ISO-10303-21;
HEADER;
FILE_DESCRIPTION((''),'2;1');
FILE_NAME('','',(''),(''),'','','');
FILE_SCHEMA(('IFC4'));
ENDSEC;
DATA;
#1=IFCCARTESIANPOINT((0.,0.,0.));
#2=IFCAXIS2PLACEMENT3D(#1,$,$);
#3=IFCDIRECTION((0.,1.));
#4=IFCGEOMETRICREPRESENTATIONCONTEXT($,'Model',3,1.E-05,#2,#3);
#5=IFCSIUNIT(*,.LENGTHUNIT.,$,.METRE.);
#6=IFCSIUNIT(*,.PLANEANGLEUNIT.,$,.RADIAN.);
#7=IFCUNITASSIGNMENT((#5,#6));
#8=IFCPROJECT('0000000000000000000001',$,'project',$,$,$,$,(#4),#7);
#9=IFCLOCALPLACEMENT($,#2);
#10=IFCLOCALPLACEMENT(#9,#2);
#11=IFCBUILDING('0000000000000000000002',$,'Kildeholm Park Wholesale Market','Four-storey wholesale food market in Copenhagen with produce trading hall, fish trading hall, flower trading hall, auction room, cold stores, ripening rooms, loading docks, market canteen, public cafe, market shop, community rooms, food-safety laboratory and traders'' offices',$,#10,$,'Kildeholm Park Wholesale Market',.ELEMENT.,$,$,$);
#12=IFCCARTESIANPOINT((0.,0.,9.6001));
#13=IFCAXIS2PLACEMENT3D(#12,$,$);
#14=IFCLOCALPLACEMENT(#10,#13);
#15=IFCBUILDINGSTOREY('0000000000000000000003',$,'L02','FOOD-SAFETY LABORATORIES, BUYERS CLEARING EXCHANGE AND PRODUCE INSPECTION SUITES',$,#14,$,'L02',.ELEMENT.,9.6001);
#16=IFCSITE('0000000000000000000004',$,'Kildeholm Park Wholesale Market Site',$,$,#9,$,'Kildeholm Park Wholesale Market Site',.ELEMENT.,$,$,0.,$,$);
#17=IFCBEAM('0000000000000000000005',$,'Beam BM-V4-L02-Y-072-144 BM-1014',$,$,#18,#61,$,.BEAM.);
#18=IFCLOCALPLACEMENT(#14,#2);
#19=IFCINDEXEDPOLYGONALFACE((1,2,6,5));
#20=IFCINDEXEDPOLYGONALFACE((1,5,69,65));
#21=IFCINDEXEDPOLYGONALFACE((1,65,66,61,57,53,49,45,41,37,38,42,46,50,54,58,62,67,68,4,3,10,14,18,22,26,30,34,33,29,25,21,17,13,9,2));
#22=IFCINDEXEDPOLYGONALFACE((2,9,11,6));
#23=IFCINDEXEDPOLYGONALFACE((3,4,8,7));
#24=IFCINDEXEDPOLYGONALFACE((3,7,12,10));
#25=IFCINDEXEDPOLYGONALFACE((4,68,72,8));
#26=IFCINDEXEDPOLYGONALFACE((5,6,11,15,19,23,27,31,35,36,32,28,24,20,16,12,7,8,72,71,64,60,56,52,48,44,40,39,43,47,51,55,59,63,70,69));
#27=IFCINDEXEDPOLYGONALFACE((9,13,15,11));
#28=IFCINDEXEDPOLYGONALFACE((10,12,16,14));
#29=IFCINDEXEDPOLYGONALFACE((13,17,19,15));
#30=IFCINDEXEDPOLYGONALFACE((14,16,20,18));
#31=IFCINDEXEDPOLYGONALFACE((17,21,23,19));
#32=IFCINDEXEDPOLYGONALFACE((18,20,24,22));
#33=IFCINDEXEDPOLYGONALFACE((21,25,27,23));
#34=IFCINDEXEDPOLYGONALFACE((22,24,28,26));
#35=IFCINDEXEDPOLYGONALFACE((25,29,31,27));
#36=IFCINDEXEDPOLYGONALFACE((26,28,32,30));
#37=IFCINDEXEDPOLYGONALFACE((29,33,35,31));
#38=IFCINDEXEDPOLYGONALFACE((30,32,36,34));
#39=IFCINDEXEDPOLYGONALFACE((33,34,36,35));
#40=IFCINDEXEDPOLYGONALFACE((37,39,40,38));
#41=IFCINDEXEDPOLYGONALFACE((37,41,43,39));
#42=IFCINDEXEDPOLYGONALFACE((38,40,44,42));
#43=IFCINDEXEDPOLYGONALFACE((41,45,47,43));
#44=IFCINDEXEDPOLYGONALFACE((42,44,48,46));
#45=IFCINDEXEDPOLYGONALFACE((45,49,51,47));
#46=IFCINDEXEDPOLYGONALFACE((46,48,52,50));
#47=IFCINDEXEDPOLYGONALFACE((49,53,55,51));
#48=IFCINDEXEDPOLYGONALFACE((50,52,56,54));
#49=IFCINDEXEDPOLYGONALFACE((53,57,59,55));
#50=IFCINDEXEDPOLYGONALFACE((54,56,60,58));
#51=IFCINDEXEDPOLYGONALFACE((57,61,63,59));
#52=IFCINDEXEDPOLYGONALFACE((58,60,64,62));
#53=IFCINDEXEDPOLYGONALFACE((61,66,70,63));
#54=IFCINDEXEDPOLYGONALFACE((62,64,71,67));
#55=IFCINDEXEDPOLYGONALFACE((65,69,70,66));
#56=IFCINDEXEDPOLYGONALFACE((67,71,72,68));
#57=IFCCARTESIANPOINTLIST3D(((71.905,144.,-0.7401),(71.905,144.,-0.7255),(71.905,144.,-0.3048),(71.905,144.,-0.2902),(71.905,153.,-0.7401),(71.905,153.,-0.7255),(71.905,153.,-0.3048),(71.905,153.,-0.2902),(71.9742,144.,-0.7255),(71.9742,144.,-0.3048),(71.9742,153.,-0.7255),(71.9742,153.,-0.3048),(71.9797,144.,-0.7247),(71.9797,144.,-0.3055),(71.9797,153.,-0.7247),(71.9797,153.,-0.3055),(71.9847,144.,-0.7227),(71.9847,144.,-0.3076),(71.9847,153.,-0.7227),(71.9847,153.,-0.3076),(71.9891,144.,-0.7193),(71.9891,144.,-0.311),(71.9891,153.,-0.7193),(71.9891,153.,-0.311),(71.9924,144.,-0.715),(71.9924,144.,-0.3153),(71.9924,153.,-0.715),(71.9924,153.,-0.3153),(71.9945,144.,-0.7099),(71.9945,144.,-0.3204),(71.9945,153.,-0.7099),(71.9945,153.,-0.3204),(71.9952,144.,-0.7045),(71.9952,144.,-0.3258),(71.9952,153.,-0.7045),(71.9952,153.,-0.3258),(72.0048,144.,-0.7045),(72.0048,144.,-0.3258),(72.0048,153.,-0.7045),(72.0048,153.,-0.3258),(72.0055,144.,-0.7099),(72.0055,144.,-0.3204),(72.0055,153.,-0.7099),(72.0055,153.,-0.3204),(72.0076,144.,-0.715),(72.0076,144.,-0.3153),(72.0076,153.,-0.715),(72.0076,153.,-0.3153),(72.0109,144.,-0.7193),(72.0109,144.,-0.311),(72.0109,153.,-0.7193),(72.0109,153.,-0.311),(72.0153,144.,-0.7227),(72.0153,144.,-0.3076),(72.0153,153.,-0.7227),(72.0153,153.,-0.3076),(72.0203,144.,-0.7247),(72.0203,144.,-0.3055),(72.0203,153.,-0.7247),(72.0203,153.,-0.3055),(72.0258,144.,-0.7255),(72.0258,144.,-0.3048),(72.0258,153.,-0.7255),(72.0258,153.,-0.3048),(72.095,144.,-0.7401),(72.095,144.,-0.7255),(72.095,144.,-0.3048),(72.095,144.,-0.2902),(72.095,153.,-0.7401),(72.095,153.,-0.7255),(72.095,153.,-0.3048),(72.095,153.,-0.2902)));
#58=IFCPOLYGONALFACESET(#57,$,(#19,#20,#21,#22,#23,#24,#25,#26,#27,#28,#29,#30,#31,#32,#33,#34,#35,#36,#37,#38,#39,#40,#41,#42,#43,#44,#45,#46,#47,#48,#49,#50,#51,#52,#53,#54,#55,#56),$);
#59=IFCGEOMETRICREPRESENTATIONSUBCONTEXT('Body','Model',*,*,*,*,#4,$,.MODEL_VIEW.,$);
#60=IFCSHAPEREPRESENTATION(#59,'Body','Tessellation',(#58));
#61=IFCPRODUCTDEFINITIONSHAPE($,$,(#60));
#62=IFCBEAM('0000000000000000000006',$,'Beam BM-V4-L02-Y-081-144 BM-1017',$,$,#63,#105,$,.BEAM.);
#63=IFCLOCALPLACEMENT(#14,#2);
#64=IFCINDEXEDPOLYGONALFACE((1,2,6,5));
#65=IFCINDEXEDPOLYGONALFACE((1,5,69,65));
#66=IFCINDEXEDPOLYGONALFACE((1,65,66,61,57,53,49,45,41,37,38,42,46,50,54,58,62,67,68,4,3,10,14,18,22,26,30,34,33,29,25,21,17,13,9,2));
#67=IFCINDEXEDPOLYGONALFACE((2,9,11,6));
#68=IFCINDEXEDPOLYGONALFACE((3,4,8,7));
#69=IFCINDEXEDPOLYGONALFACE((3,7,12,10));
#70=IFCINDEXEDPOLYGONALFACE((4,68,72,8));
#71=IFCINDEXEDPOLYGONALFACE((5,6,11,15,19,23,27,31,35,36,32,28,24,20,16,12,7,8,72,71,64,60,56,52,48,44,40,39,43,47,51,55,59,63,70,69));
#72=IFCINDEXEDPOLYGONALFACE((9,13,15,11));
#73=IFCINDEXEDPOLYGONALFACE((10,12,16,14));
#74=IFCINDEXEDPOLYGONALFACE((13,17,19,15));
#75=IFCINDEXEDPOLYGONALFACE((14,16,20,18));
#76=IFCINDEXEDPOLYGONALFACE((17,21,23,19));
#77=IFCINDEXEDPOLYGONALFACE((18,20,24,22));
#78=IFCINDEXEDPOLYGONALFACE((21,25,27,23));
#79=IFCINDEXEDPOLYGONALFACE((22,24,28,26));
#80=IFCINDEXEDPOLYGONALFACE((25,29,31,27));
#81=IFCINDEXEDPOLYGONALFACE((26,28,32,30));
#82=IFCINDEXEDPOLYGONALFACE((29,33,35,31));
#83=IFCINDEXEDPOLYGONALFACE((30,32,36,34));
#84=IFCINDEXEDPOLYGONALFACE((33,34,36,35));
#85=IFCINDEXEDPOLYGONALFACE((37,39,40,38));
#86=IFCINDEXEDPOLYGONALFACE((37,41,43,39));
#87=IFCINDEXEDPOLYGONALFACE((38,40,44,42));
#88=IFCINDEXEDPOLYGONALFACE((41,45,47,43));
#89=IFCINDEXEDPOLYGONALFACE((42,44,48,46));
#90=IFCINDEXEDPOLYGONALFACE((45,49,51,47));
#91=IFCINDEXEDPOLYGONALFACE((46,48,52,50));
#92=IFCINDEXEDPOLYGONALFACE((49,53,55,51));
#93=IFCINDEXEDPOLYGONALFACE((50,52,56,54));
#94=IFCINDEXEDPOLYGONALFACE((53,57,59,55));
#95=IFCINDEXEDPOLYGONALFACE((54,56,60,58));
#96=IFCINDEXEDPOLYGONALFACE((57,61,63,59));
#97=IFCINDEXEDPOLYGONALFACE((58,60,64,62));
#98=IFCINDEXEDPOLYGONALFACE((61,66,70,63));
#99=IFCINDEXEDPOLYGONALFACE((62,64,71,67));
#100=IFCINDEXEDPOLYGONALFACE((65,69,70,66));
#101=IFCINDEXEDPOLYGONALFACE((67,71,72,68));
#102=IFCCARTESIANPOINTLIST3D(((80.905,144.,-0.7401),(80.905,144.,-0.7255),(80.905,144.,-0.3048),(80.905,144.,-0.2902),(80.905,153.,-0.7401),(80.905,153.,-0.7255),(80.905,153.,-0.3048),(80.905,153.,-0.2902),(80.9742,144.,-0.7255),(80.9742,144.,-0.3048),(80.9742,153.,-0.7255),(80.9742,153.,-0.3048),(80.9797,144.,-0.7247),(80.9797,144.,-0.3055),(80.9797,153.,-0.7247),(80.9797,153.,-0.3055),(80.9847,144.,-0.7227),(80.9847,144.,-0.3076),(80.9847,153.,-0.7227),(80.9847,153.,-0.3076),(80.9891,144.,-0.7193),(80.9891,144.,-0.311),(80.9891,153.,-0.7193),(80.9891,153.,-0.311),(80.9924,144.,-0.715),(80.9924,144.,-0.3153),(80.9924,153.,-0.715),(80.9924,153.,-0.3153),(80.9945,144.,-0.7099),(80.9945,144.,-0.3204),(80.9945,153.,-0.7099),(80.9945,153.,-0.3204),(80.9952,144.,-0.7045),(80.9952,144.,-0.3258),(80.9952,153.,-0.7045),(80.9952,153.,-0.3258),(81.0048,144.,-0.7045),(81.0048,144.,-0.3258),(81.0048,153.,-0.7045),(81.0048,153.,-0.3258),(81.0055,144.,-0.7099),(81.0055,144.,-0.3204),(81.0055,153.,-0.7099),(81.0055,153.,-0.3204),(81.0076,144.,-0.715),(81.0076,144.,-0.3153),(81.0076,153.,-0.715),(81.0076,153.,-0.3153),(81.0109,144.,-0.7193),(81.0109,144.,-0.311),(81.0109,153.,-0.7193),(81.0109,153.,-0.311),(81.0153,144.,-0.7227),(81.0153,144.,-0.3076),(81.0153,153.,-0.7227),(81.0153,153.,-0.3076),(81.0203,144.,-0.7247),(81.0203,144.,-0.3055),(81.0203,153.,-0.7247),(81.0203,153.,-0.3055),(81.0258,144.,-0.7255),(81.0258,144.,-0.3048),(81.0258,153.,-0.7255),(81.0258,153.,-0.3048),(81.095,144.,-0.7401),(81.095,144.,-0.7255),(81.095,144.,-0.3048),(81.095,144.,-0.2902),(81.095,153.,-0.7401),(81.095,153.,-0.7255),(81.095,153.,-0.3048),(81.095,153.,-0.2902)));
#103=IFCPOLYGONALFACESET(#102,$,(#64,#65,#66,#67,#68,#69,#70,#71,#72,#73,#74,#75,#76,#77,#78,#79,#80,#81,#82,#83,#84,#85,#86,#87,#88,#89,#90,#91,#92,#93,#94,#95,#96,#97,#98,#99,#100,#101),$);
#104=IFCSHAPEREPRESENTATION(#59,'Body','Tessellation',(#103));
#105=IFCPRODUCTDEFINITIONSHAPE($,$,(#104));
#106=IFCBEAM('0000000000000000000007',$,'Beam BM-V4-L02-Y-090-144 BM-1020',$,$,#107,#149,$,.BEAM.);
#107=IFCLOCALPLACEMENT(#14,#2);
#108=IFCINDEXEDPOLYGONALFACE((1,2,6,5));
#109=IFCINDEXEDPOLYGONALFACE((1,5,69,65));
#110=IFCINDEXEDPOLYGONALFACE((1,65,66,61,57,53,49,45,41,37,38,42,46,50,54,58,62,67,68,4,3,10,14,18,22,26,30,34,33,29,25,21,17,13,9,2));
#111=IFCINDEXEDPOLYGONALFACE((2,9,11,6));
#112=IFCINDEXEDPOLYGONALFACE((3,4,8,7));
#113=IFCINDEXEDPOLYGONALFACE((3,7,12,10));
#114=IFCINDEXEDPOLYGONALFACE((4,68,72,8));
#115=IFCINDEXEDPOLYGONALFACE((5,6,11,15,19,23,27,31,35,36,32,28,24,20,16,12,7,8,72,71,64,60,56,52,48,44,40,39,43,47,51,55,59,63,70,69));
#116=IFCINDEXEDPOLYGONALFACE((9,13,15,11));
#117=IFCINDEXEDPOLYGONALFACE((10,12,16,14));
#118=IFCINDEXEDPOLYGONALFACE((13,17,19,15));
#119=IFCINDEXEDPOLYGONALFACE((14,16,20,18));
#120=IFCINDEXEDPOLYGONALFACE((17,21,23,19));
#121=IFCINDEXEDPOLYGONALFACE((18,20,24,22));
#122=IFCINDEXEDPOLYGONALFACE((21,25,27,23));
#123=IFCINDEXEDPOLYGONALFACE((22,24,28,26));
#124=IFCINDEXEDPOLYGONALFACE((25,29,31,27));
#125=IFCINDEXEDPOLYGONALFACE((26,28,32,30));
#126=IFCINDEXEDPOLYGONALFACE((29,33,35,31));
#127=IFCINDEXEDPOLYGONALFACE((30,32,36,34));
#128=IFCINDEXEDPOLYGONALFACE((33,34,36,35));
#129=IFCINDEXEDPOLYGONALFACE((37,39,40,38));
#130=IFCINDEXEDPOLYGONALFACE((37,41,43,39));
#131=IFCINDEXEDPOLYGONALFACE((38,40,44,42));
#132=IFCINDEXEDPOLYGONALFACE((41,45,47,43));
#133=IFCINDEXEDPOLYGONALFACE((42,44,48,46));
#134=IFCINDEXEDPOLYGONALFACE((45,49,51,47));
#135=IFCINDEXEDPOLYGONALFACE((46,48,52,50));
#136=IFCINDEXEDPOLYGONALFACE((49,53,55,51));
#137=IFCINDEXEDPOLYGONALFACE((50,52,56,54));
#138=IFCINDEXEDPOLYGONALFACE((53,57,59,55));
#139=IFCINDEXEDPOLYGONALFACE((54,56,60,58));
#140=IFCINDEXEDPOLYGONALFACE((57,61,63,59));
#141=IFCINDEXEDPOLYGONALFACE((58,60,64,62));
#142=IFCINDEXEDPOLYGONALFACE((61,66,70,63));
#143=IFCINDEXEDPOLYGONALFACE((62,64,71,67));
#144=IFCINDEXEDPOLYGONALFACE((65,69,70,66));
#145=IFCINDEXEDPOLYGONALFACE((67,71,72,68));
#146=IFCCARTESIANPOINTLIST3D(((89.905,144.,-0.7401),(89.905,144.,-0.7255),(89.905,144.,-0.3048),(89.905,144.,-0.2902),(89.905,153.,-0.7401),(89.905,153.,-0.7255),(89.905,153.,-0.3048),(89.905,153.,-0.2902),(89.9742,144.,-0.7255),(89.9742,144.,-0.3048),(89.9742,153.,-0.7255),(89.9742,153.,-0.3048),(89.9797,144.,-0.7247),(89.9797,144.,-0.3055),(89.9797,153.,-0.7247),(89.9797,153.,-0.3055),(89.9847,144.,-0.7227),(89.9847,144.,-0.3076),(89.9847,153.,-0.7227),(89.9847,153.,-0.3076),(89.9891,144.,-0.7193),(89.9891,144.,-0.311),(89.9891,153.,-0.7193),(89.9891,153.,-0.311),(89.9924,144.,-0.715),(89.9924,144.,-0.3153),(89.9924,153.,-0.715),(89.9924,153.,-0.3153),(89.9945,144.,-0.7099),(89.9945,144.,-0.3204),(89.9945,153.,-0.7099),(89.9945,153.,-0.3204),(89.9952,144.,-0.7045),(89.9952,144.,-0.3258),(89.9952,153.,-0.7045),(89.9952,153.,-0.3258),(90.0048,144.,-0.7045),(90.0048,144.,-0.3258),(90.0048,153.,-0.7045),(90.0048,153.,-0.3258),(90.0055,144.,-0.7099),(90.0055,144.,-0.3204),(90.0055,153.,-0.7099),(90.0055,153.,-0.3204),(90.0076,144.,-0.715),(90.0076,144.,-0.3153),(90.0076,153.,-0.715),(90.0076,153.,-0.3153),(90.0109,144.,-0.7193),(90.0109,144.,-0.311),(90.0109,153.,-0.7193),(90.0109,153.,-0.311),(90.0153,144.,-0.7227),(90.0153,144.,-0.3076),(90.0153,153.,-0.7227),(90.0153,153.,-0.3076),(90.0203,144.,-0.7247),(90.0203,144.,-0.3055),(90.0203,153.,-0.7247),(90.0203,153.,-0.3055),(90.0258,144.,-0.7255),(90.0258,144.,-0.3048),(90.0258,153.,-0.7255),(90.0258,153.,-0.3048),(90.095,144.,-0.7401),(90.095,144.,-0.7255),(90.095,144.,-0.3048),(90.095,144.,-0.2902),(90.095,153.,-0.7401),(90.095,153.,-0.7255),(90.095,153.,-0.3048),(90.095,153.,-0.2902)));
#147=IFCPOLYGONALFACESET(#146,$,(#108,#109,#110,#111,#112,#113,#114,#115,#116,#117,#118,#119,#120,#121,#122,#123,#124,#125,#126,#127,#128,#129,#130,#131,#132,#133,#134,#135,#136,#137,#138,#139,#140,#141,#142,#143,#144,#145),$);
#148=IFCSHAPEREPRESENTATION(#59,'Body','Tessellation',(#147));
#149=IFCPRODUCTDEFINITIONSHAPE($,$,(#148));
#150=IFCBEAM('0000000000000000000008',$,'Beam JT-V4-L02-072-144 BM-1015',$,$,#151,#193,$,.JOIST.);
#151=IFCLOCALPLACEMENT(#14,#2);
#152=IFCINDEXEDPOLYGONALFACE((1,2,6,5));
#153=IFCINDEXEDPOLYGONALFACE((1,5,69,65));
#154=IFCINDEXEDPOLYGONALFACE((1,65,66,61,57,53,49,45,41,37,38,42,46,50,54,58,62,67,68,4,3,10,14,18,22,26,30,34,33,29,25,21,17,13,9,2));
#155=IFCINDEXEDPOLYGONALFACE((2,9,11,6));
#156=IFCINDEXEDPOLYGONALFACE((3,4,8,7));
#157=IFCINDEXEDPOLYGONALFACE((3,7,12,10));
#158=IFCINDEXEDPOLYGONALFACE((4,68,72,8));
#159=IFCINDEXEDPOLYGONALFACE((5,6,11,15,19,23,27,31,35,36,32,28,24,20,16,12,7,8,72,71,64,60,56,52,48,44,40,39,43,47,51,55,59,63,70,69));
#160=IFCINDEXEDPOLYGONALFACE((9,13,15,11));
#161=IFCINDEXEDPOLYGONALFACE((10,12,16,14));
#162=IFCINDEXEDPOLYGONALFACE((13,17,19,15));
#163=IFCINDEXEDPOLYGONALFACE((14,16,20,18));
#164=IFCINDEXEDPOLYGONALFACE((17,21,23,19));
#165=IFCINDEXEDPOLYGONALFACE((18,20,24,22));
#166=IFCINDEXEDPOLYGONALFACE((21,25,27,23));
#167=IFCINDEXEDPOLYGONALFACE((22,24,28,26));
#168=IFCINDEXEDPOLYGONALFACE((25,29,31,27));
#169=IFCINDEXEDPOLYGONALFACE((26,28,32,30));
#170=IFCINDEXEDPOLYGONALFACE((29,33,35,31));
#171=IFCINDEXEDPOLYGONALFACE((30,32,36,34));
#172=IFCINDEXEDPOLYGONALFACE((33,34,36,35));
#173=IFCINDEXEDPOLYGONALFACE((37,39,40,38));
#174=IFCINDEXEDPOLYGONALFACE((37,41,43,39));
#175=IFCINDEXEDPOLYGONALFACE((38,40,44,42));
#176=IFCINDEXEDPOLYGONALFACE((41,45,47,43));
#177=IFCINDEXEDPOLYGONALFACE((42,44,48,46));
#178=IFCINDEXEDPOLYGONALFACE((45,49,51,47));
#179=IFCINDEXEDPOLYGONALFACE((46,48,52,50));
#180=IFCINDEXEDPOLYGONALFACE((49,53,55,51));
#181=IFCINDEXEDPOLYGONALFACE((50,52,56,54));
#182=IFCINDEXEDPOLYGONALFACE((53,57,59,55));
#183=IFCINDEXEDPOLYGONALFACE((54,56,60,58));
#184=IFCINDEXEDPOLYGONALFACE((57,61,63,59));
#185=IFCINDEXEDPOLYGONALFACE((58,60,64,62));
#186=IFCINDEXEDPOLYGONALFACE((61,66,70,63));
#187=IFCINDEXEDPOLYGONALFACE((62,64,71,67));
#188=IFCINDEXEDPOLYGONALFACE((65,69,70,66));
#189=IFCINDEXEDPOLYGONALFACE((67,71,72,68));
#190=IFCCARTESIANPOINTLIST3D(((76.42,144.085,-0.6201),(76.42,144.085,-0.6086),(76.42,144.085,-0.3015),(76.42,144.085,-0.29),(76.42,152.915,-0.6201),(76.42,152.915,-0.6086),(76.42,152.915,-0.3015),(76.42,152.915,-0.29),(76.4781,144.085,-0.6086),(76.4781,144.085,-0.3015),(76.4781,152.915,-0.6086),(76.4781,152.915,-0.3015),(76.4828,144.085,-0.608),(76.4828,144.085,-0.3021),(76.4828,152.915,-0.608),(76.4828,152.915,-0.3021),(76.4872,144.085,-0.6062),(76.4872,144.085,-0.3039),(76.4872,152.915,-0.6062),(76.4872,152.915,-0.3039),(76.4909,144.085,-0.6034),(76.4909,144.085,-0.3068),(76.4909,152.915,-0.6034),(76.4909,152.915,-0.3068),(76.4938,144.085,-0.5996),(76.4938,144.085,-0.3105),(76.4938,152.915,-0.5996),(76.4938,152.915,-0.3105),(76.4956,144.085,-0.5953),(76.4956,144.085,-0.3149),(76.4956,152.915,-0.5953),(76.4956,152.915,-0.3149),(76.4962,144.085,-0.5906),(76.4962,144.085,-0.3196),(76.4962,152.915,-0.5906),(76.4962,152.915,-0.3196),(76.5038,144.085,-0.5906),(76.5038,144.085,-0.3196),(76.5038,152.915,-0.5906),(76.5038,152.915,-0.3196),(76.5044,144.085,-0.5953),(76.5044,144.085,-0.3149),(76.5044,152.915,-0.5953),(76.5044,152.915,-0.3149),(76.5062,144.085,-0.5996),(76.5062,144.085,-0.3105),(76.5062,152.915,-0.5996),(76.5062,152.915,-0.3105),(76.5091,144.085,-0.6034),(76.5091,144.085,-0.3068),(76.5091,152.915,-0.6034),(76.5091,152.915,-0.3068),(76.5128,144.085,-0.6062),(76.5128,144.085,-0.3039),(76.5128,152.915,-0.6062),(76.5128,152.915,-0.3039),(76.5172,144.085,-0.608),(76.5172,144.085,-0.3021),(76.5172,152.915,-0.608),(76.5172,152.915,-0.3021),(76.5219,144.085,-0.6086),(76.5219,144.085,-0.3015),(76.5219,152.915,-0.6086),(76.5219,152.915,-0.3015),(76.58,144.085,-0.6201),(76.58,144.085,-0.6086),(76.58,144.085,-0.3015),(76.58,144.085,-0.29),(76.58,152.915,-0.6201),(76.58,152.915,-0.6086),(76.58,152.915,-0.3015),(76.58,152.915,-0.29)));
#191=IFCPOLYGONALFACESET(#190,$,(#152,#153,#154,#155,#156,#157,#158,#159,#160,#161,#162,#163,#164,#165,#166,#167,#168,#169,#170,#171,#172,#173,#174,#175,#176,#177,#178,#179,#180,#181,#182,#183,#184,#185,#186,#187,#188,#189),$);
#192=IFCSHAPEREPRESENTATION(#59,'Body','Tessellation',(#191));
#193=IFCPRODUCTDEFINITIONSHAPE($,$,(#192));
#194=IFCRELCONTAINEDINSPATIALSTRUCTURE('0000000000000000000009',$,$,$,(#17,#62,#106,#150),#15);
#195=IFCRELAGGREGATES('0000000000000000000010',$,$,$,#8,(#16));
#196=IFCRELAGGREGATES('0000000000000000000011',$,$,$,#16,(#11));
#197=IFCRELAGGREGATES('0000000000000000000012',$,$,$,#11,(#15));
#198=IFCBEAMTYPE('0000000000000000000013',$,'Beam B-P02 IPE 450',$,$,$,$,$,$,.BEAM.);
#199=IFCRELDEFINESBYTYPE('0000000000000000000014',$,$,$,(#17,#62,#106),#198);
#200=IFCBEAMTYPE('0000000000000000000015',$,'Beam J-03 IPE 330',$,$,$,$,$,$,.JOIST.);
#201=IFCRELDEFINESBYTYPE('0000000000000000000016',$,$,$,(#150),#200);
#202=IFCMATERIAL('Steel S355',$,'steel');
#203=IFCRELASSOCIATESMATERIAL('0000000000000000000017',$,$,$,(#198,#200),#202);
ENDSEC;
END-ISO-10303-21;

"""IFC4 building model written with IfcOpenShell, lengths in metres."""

from ifc_helpers import new_model, si_unit, direction, frame, origin, origin_2d, place, context, subcontext, project, spatial, i_section, extrude, material, material_profile, profile_set, type_object, element, save


model = new_model("IFC4")

# Units and contexts
model_context = context("Model", 3, precision=1e-05, world=origin(), true_north=direction((0.0, 1.0)))
body_context = subcontext(model_context, "Body", "Model", "MODEL_VIEW")
ifc_project = project(units=[si_unit("LENGTHUNIT", "METRE"), si_unit("PLANEANGLEUNIT", "RADIAN")], contexts=[model_context])

# Site, building, storey
site_placement = place(None, origin())
site = spatial("IfcSite", under=ifc_project, at=site_placement, Name="Kildeholm Park Wholesale Market Site", LongName="Kildeholm Park Wholesale Market Site", CompositionType="ELEMENT", RefElevation=0.0)
building_placement = place(site_placement, origin())
building = spatial("IfcBuilding", under=site, at=building_placement, Name="Kildeholm Park Wholesale Market", Description="Four-storey wholesale food market in Copenhagen with produce trading hall, fish trading hall, flower trading hall, auction room, cold stores, ripening rooms, loading docks, market canteen, public cafe, market shop, community rooms, food-safety laboratory and traders' offices", LongName="Kildeholm Park Wholesale Market", CompositionType="ELEMENT")
storey_placement = place(building_placement, frame((0.0, 0.0, 9.6001)))
storey = spatial("IfcBuildingStorey", under=building, at=storey_placement, Name="L02", Description="FOOD-SAFETY LABORATORIES, BUYERS CLEARING EXCHANGE AND PRODUCE INSPECTION SUITES", LongName="L02", CompositionType="ELEMENT", Elevation=9.6001)

# Beams
ifc_material_1 = material(Name="Steel S355", Category="steel")
ifc_material_profile_1 = material_profile(ifc_material_1, i_section(OverallWidth=0.1899, OverallDepth=0.45, WebThickness=0.0095, FlangeThickness=0.0146, FilletRadius=0.021, at=origin_2d()), Name="IPE 450")
ifc_profile_set_1 = profile_set([ifc_material_profile_1], Name="Steel S355")
beam_type_1 = type_object("IfcBeamType", Name="Beam B-P02 IPE 450", PredefinedType="BEAM", material=ifc_profile_set_1)
for number, where, z_axis, x_axis, name in (
    (1, (72.0, 144.0, -0.5151), (0.0, 1.0, 0.0), (-1.0, 0.0, 0.0), "Beam BM-V4-L02-Y-072-144 BM-1014"),
    (2, (81.0, 144.0, -0.5151), (0.0, 1.0, 0.0), (-1.0, 0.0, 0.0), "Beam BM-V4-L02-Y-081-144 BM-1017"),
    (3, (90.0, 144.0, -0.5151), (0.0, 1.0, 0.0), (-1.0, 0.0, 0.0), "Beam BM-V4-L02-Y-090-144 BM-1020"),
):
    element("IfcBeam", number, at=place(storey_placement, frame(where, z_axis=z_axis, x_axis=x_axis)), inside=storey, type_object=beam_type_1, Name=name, PredefinedType="BEAM", context=body_context, shape_type="SweptSolid", body=[
        extrude(i_section(OverallWidth=0.1899, OverallDepth=0.45, WebThickness=0.0095, FlangeThickness=0.0146, FilletRadius=0.021, at=origin_2d()), origin(), (0.0, 0.0, 1.0), 9.0),
    ])
ifc_material_profile_2 = material_profile(ifc_material_1, i_section(OverallWidth=0.1599, OverallDepth=0.3301, WebThickness=0.0076, FlangeThickness=0.0115, FilletRadius=0.0181, at=origin_2d()), Name="IPE 330")
ifc_profile_set_2 = profile_set([ifc_material_profile_2], Name="Steel S355")
beam_type_2 = type_object("IfcBeamType", Name="Beam J-03 IPE 330", PredefinedType="JOIST", material=ifc_profile_set_2)
for number, where, z_axis, x_axis, name in (
    (4, (76.5, 144.085, -0.4551), (0.0, 1.0, 0.0), (-1.0, 0.0, 0.0), "Beam JT-V4-L02-072-144 BM-1015"),
):
    element("IfcBeam", number, at=place(storey_placement, frame(where, z_axis=z_axis, x_axis=x_axis)), inside=storey, type_object=beam_type_2, Name=name, PredefinedType="JOIST", context=body_context, shape_type="SweptSolid", body=[
        extrude(i_section(OverallWidth=0.1599, OverallDepth=0.3301, WebThickness=0.0076, FlangeThickness=0.0115, FilletRadius=0.0181, at=origin_2d()), origin(), (0.0, 0.0, 1.0), 8.8301),
    ])

save(model, "model.ifc")
